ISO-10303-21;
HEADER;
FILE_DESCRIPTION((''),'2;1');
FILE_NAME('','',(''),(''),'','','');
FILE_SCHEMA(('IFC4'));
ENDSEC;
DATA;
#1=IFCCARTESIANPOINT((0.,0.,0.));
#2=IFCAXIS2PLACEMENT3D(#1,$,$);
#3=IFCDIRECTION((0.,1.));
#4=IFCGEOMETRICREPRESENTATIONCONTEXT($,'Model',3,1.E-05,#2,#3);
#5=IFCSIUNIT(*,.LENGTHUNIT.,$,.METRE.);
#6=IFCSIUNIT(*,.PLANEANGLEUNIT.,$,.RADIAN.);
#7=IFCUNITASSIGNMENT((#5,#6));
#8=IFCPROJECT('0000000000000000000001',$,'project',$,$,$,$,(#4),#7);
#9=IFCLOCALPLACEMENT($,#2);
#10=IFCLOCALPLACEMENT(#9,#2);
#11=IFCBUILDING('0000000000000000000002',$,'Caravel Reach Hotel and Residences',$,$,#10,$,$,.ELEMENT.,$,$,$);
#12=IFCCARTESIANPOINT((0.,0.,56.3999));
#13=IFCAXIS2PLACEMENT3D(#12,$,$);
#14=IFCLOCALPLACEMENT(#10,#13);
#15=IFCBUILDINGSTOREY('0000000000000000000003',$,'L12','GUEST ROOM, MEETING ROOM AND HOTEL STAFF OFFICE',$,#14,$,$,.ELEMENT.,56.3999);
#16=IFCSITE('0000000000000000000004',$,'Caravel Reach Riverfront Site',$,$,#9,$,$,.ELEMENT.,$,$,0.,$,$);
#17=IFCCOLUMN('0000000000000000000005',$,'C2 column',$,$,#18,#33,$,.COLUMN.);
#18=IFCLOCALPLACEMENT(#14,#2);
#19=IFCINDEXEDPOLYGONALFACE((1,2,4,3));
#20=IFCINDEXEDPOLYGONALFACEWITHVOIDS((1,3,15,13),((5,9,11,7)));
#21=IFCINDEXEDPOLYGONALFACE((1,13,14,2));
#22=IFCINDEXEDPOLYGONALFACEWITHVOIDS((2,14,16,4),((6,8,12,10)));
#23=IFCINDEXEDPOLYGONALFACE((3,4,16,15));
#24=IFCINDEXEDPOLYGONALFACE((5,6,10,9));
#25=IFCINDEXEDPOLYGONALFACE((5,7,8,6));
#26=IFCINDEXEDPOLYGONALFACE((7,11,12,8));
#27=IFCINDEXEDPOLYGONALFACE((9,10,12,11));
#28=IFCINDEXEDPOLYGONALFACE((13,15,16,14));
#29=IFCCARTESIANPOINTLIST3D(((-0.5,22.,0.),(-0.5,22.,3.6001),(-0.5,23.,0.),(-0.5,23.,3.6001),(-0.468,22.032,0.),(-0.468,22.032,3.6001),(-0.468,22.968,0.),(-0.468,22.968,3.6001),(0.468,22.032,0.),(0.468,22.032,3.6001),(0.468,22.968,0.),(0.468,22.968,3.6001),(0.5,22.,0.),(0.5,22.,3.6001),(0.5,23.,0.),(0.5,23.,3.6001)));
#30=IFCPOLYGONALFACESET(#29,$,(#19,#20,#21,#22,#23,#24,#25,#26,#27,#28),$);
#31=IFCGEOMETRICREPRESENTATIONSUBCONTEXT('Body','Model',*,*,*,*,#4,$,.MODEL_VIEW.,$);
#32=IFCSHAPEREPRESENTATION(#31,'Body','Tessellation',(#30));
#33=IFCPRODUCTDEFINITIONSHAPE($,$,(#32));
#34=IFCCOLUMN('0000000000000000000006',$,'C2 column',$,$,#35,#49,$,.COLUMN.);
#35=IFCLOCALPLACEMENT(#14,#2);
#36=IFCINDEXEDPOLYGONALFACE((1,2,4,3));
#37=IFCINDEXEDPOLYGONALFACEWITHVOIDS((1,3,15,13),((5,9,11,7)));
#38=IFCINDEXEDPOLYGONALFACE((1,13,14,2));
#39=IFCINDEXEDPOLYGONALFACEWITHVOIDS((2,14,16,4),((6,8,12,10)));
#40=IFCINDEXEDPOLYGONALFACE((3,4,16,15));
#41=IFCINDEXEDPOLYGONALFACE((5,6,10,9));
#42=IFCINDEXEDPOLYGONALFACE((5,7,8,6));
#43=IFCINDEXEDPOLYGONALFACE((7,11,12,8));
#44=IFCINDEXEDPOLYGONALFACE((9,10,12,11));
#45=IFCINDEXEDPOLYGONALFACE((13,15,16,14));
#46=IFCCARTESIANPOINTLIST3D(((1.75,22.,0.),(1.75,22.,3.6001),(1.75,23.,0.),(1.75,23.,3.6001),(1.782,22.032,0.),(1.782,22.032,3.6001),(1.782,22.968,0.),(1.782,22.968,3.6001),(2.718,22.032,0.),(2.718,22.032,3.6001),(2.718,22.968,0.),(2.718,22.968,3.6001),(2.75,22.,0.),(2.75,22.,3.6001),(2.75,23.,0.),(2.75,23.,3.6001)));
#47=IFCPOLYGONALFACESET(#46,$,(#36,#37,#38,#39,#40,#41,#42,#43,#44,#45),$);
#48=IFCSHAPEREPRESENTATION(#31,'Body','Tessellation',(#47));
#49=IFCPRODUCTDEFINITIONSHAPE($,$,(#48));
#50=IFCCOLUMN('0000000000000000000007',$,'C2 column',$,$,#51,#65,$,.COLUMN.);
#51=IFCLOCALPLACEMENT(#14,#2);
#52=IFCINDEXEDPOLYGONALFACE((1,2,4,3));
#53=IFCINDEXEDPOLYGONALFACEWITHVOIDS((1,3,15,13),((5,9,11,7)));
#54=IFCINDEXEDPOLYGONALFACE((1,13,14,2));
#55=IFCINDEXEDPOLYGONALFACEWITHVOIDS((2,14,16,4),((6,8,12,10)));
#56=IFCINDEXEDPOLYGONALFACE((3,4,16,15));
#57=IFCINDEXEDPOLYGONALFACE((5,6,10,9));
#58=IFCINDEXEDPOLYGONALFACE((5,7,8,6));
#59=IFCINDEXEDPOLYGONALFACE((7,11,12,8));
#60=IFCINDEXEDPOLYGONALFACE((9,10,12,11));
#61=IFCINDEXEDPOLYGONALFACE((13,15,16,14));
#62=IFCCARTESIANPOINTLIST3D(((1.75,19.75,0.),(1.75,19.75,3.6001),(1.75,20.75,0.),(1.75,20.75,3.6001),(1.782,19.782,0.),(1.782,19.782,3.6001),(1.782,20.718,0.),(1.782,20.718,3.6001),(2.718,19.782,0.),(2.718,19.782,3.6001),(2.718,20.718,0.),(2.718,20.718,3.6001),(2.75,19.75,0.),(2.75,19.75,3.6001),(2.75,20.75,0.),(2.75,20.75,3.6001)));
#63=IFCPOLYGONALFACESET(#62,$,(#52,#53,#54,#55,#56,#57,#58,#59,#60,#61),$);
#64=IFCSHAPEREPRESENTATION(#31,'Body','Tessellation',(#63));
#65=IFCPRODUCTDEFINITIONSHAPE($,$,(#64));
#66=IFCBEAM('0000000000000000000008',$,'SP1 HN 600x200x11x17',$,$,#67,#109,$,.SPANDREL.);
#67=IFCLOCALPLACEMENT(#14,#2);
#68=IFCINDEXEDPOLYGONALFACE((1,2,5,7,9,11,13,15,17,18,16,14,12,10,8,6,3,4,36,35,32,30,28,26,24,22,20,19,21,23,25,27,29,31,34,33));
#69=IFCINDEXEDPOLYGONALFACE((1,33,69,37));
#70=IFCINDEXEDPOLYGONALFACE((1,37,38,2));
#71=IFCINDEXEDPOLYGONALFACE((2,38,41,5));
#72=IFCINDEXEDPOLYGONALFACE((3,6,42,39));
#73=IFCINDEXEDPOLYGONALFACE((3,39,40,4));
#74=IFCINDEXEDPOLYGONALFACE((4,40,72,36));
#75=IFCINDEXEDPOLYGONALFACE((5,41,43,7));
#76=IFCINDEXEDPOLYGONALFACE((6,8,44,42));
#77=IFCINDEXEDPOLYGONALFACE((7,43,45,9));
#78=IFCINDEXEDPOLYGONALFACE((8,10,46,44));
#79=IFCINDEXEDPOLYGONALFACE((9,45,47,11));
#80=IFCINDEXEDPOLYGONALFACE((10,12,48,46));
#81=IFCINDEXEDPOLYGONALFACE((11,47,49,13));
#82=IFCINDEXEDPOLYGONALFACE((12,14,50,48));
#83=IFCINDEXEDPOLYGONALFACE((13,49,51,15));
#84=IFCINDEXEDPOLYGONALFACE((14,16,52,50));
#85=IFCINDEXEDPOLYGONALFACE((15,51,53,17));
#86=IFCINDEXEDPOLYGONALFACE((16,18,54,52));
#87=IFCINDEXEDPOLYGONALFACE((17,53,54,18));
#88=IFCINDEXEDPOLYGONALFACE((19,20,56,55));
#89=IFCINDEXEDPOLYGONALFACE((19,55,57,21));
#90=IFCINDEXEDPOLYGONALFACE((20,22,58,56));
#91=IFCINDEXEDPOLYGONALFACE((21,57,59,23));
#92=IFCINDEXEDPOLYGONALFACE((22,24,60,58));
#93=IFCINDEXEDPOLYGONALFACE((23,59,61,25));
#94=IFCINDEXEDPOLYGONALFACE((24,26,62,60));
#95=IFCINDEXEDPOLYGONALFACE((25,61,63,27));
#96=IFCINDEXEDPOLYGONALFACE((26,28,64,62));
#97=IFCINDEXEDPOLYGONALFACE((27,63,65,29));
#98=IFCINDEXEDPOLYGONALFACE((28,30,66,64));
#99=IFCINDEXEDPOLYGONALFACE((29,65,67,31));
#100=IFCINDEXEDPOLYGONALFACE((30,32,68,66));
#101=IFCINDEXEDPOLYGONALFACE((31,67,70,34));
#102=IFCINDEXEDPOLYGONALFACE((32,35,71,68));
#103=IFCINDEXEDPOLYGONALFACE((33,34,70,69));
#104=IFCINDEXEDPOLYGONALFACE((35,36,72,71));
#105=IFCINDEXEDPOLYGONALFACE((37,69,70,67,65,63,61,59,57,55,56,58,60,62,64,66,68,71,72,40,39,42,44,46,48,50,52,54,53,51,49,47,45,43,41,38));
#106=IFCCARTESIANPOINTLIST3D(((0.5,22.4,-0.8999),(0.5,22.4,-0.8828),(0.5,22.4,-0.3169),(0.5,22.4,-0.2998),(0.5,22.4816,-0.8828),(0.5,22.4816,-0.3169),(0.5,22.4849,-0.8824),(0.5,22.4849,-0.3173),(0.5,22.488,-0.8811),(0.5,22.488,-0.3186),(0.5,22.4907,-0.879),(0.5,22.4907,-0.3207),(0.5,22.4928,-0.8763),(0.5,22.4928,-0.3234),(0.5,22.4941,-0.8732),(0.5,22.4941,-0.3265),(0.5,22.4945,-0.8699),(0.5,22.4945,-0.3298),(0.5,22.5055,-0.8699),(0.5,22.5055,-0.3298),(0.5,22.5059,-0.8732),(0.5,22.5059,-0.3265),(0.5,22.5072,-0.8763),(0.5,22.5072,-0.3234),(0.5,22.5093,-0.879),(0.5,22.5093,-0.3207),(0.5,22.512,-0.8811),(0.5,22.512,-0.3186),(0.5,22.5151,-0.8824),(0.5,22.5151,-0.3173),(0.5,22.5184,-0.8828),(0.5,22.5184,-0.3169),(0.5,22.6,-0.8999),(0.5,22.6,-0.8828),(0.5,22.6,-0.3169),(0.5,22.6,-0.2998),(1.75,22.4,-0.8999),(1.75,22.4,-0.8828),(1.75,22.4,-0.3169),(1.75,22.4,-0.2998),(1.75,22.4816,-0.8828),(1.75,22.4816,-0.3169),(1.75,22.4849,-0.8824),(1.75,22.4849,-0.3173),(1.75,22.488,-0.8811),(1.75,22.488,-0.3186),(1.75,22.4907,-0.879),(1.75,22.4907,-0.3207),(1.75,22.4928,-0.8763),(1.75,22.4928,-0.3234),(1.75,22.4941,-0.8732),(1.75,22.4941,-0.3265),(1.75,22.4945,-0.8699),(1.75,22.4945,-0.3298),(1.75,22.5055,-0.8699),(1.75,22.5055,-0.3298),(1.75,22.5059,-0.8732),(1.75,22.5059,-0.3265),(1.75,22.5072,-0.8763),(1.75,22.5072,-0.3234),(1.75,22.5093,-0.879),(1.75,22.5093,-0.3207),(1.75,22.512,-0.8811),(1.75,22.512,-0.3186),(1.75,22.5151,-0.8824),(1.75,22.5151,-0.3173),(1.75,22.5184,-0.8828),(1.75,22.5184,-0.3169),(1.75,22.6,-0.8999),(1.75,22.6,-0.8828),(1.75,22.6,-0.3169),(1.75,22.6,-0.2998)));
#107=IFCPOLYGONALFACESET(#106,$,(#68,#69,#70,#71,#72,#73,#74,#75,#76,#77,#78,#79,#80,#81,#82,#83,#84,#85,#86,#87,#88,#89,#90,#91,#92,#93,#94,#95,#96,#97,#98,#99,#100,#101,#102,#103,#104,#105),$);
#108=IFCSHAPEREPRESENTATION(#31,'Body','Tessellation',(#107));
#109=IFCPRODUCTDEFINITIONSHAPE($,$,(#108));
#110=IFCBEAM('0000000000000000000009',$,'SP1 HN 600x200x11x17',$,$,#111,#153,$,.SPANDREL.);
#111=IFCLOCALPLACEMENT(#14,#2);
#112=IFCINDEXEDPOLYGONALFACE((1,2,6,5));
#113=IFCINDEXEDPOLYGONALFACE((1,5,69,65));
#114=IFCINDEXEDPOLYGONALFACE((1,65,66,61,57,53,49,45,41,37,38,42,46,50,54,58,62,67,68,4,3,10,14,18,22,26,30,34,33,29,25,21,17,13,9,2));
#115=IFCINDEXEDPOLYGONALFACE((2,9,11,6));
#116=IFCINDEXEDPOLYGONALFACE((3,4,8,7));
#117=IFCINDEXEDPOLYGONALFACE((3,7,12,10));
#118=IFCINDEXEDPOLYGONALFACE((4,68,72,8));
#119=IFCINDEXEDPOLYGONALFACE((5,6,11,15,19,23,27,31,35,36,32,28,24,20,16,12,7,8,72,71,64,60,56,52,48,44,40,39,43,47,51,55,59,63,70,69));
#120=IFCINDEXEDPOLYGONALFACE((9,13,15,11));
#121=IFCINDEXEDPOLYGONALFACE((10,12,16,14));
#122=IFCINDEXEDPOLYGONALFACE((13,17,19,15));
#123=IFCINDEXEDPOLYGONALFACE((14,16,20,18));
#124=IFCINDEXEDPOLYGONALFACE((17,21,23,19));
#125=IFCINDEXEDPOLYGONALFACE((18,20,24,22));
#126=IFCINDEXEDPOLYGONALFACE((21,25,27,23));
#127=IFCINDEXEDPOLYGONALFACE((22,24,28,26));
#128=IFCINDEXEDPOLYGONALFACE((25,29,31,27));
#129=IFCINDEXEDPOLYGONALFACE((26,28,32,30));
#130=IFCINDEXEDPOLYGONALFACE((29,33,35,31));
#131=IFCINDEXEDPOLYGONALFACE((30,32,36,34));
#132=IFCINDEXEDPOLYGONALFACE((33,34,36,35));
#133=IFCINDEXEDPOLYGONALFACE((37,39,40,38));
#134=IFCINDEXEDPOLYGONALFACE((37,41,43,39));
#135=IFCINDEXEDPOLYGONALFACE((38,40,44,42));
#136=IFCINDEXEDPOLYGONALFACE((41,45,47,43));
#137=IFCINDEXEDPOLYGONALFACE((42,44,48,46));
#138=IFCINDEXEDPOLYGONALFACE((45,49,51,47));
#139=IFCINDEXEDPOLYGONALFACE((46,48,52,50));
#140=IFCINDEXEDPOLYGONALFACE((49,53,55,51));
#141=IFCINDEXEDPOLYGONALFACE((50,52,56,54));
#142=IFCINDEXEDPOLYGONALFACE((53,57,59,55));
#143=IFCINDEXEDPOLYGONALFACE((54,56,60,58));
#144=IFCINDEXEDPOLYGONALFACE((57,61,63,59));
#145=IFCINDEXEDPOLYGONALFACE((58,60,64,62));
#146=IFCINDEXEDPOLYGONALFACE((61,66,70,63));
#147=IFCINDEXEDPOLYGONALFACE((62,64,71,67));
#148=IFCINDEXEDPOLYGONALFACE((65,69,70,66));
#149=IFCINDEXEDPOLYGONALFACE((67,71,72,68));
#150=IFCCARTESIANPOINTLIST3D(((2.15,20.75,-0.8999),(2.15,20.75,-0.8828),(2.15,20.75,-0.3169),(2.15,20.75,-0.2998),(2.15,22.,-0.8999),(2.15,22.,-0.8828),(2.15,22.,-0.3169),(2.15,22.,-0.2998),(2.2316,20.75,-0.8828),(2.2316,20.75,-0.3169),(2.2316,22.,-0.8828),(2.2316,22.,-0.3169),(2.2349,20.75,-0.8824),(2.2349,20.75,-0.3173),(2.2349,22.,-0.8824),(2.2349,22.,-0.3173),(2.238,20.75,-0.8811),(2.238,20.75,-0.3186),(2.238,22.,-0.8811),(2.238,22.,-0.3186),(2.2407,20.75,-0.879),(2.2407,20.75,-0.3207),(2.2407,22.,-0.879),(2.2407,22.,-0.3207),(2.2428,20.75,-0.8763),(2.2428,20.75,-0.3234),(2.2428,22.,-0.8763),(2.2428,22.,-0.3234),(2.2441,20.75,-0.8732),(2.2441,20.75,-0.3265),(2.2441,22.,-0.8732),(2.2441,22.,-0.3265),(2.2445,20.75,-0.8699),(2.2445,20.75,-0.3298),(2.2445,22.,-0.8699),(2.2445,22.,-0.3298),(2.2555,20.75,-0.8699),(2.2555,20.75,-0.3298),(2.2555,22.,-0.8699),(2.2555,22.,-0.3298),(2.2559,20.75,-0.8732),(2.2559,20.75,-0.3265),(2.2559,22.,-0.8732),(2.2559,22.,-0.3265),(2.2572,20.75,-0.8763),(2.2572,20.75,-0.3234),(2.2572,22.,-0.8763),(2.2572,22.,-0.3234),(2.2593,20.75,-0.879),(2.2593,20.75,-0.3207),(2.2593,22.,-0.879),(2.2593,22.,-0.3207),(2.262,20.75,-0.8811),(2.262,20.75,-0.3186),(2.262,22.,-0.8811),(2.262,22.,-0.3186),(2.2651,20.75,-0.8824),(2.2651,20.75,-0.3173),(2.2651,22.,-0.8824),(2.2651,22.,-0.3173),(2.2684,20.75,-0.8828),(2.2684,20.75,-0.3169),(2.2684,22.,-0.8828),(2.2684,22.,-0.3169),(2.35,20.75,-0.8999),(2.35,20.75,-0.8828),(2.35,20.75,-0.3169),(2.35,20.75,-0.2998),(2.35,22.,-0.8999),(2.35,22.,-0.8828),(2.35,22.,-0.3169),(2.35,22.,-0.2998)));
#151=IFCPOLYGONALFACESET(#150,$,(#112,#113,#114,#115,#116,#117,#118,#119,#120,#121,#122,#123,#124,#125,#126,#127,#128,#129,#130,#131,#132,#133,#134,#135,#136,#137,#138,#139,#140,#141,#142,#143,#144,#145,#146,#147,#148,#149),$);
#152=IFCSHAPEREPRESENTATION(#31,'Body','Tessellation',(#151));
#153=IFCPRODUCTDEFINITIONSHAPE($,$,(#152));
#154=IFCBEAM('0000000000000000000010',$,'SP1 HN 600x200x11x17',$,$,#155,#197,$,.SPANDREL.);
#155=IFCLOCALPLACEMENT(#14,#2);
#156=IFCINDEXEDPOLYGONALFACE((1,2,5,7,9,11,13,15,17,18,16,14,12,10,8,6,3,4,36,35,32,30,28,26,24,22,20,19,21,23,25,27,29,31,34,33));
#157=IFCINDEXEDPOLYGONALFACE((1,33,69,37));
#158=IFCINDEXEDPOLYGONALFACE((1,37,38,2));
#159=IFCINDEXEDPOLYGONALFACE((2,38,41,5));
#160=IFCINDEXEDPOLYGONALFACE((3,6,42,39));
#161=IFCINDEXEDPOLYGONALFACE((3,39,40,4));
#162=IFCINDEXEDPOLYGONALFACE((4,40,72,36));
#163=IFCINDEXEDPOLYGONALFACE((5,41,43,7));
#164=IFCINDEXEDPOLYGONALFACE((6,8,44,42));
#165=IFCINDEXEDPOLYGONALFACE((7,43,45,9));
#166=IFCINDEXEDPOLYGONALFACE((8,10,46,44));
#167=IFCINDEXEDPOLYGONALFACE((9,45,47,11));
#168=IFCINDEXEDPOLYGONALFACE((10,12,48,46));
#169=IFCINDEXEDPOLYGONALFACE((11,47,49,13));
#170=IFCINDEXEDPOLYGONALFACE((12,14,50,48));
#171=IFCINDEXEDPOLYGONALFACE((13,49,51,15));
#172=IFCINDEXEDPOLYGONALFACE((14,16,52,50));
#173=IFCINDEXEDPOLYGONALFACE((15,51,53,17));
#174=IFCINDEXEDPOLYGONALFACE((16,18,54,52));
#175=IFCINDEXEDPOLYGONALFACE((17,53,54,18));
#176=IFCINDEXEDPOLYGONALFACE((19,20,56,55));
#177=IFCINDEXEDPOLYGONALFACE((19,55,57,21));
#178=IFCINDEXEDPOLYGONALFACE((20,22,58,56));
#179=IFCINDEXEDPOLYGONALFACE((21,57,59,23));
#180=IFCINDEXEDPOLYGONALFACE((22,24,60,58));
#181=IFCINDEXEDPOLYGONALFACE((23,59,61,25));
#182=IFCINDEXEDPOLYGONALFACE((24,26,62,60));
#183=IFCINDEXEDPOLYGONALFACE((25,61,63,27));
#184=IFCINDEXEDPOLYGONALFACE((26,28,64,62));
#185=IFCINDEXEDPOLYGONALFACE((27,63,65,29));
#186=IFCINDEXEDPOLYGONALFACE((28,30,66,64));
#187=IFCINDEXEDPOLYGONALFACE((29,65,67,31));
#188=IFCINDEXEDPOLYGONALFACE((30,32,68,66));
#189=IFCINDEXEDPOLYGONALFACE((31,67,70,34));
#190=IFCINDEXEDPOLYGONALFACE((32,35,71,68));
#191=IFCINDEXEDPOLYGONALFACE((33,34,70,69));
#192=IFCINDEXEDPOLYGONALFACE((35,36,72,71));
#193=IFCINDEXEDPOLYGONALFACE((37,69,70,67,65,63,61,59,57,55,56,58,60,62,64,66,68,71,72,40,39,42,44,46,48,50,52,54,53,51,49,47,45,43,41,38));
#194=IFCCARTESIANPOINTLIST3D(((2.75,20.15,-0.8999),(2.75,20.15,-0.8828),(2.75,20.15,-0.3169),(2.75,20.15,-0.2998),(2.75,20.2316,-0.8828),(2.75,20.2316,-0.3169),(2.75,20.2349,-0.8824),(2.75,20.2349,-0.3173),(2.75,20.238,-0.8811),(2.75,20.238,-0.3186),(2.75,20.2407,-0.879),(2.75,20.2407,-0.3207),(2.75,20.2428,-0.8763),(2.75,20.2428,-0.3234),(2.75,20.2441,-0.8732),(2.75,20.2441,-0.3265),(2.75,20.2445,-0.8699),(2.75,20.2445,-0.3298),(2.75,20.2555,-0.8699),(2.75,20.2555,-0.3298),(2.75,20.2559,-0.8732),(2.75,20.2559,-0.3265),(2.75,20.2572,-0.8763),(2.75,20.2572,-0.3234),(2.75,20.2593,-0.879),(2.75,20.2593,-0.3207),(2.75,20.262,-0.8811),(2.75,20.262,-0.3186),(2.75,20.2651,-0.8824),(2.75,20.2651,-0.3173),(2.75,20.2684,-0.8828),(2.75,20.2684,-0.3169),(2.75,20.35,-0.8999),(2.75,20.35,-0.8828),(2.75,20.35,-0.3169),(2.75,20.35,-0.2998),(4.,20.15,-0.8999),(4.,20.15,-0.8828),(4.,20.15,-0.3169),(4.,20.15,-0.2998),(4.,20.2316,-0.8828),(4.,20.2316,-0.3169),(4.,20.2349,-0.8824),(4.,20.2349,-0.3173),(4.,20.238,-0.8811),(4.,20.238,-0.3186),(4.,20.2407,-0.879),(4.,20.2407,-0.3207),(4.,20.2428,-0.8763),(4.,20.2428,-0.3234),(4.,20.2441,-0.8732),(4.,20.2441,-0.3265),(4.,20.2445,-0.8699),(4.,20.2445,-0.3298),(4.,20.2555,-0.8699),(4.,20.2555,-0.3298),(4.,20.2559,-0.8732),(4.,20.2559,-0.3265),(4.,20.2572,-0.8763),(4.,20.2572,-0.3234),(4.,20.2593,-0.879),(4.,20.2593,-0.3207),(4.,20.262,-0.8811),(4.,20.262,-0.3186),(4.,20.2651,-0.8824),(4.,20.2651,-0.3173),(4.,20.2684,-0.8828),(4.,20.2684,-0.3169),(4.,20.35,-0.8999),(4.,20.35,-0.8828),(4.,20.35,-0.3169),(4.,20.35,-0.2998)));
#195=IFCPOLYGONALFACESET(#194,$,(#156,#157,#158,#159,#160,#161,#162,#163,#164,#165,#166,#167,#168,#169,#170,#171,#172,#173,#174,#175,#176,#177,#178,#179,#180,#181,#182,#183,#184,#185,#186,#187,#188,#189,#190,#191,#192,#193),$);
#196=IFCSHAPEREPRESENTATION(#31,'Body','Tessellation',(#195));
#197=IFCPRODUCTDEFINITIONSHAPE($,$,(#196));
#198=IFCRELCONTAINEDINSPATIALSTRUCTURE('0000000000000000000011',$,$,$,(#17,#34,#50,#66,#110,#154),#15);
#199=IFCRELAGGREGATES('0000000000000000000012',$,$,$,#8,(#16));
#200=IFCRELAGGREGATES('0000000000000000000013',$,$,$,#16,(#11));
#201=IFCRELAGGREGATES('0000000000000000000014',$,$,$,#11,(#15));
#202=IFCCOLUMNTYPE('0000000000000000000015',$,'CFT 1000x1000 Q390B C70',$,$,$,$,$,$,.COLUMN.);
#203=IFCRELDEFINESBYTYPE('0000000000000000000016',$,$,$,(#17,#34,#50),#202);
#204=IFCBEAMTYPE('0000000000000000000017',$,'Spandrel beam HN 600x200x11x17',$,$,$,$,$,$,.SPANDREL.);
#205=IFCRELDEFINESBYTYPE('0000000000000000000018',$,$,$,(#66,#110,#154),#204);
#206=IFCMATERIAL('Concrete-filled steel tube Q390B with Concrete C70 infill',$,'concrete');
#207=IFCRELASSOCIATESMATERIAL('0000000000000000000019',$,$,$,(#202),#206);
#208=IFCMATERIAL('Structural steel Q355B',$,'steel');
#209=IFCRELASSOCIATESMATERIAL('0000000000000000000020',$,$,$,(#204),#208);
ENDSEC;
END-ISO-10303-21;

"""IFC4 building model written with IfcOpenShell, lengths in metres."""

from ifc_helpers import new_model, si_unit, direction, frame, origin, origin_2d, place, context, subcontext, project, spatial, hollow_rectangle, i_section, extrude, material, material_profile, profile_set, type_object, element, save


model = new_model("IFC4")

# Units and contexts
model_context = context("Model", 3, precision=1e-05, world=origin(), true_north=direction((0.0, 1.0)))
body_context = subcontext(model_context, "Body", "Model", "MODEL_VIEW")
ifc_project = project(units=[si_unit("LENGTHUNIT", "METRE"), si_unit("PLANEANGLEUNIT", "RADIAN")], contexts=[model_context])

# Site, building, storey
site_placement = place(None, origin())
site = spatial("IfcSite", under=ifc_project, at=site_placement, Name="Caravel Reach Riverfront Site", CompositionType="ELEMENT", RefElevation=0.0)
building_placement = place(site_placement, origin())
building = spatial("IfcBuilding", under=site, at=building_placement, Name="Caravel Reach Hotel and Residences", CompositionType="ELEMENT")
storey_placement = place(building_placement, frame((0.0, 0.0, 56.3999)))
storey = spatial("IfcBuildingStorey", under=building, at=storey_placement, Name="L12", Description="GUEST ROOM, MEETING ROOM AND HOTEL STAFF OFFICE", CompositionType="ELEMENT", Elevation=56.3999)

# Columns
ifc_material_1 = material(Name="Concrete-filled steel tube Q390B with Concrete C70 infill", Category="concrete")
ifc_material_profile_1 = material_profile(ifc_material_1, hollow_rectangle(XDim=1.0, YDim=1.0, WallThickness=0.032, at=origin_2d()), Name="RHS 1000x1000x32")
ifc_profile_set_1 = profile_set([ifc_material_profile_1], Name="Concrete-filled steel tube Q390B with Concrete C70 infill")
column_type = type_object("IfcColumnType", Name="CFT 1000x1000 Q390B C70", PredefinedType="COLUMN", material=ifc_profile_set_1)
for number, where, z_axis, x_axis, name in (
    (1, (0.0, 22.5, 0.0), (0.0, 0.0, 1.0), (1.0, 0.0, 0.0), "C2 column"),
    (2, (2.25, 22.5, 0.0), (0.0, 0.0, 1.0), (1.0, 0.0, 0.0), "C2 column"),
    (3, (2.25, 20.25, 0.0), (0.0, 0.0, 1.0), (1.0, 0.0, 0.0), "C2 column"),
):
    element("IfcColumn", number, at=place(storey_placement, frame(where, z_axis=z_axis, x_axis=x_axis)), inside=storey, type_object=column_type, Name=name, PredefinedType="COLUMN", context=body_context, shape_type="SweptSolid", body=[
        extrude(hollow_rectangle(XDim=1.0, YDim=1.0, WallThickness=0.032, at=origin_2d()), origin(), (0.0, 0.0, 1.0), 3.6001),
    ])

# Beams
ifc_material_2 = material(Name="Structural steel Q355B", Category="steel")
ifc_material_profile_2 = material_profile(ifc_material_2, i_section(OverallWidth=0.2, OverallDepth=0.6001, WebThickness=0.011, FlangeThickness=0.0171, FilletRadius=0.0129, at=origin_2d()), Name="HN 600x200x11x17")
ifc_profile_set_2 = profile_set([ifc_material_profile_2], Name="Structural steel Q355B")
beam_type = type_object("IfcBeamType", Name="Spandrel beam HN 600x200x11x17", PredefinedType="SPANDREL", material=ifc_profile_set_2)
for number, where, z_axis, x_axis, name in (
    (4, (0.5, 22.5, -0.5999), (1.0, 0.0, 0.0), (0.0, 1.0, 0.0), "SP1 HN 600x200x11x17"),
    (5, (2.25, 22.0, -0.5999), (0.0, -1.0, 0.0), (1.0, 0.0, 0.0), "SP1 HN 600x200x11x17"),
    (6, (2.75, 20.25, -0.5999), (1.0, 0.0, 0.0), (0.0, 1.0, 0.0), "SP1 HN 600x200x11x17"),
):
    element("IfcBeam", number, at=place(storey_placement, frame(where, z_axis=z_axis, x_axis=x_axis)), inside=storey, type_object=beam_type, Name=name, PredefinedType="SPANDREL", context=body_context, shape_type="SweptSolid", body=[
        extrude(i_section(OverallWidth=0.2, OverallDepth=0.6001, WebThickness=0.011, FlangeThickness=0.0171, FilletRadius=0.0129, at=origin_2d()), origin(), (0.0, 0.0, 1.0), 1.25),
    ])

save(model, "model.ifc")
